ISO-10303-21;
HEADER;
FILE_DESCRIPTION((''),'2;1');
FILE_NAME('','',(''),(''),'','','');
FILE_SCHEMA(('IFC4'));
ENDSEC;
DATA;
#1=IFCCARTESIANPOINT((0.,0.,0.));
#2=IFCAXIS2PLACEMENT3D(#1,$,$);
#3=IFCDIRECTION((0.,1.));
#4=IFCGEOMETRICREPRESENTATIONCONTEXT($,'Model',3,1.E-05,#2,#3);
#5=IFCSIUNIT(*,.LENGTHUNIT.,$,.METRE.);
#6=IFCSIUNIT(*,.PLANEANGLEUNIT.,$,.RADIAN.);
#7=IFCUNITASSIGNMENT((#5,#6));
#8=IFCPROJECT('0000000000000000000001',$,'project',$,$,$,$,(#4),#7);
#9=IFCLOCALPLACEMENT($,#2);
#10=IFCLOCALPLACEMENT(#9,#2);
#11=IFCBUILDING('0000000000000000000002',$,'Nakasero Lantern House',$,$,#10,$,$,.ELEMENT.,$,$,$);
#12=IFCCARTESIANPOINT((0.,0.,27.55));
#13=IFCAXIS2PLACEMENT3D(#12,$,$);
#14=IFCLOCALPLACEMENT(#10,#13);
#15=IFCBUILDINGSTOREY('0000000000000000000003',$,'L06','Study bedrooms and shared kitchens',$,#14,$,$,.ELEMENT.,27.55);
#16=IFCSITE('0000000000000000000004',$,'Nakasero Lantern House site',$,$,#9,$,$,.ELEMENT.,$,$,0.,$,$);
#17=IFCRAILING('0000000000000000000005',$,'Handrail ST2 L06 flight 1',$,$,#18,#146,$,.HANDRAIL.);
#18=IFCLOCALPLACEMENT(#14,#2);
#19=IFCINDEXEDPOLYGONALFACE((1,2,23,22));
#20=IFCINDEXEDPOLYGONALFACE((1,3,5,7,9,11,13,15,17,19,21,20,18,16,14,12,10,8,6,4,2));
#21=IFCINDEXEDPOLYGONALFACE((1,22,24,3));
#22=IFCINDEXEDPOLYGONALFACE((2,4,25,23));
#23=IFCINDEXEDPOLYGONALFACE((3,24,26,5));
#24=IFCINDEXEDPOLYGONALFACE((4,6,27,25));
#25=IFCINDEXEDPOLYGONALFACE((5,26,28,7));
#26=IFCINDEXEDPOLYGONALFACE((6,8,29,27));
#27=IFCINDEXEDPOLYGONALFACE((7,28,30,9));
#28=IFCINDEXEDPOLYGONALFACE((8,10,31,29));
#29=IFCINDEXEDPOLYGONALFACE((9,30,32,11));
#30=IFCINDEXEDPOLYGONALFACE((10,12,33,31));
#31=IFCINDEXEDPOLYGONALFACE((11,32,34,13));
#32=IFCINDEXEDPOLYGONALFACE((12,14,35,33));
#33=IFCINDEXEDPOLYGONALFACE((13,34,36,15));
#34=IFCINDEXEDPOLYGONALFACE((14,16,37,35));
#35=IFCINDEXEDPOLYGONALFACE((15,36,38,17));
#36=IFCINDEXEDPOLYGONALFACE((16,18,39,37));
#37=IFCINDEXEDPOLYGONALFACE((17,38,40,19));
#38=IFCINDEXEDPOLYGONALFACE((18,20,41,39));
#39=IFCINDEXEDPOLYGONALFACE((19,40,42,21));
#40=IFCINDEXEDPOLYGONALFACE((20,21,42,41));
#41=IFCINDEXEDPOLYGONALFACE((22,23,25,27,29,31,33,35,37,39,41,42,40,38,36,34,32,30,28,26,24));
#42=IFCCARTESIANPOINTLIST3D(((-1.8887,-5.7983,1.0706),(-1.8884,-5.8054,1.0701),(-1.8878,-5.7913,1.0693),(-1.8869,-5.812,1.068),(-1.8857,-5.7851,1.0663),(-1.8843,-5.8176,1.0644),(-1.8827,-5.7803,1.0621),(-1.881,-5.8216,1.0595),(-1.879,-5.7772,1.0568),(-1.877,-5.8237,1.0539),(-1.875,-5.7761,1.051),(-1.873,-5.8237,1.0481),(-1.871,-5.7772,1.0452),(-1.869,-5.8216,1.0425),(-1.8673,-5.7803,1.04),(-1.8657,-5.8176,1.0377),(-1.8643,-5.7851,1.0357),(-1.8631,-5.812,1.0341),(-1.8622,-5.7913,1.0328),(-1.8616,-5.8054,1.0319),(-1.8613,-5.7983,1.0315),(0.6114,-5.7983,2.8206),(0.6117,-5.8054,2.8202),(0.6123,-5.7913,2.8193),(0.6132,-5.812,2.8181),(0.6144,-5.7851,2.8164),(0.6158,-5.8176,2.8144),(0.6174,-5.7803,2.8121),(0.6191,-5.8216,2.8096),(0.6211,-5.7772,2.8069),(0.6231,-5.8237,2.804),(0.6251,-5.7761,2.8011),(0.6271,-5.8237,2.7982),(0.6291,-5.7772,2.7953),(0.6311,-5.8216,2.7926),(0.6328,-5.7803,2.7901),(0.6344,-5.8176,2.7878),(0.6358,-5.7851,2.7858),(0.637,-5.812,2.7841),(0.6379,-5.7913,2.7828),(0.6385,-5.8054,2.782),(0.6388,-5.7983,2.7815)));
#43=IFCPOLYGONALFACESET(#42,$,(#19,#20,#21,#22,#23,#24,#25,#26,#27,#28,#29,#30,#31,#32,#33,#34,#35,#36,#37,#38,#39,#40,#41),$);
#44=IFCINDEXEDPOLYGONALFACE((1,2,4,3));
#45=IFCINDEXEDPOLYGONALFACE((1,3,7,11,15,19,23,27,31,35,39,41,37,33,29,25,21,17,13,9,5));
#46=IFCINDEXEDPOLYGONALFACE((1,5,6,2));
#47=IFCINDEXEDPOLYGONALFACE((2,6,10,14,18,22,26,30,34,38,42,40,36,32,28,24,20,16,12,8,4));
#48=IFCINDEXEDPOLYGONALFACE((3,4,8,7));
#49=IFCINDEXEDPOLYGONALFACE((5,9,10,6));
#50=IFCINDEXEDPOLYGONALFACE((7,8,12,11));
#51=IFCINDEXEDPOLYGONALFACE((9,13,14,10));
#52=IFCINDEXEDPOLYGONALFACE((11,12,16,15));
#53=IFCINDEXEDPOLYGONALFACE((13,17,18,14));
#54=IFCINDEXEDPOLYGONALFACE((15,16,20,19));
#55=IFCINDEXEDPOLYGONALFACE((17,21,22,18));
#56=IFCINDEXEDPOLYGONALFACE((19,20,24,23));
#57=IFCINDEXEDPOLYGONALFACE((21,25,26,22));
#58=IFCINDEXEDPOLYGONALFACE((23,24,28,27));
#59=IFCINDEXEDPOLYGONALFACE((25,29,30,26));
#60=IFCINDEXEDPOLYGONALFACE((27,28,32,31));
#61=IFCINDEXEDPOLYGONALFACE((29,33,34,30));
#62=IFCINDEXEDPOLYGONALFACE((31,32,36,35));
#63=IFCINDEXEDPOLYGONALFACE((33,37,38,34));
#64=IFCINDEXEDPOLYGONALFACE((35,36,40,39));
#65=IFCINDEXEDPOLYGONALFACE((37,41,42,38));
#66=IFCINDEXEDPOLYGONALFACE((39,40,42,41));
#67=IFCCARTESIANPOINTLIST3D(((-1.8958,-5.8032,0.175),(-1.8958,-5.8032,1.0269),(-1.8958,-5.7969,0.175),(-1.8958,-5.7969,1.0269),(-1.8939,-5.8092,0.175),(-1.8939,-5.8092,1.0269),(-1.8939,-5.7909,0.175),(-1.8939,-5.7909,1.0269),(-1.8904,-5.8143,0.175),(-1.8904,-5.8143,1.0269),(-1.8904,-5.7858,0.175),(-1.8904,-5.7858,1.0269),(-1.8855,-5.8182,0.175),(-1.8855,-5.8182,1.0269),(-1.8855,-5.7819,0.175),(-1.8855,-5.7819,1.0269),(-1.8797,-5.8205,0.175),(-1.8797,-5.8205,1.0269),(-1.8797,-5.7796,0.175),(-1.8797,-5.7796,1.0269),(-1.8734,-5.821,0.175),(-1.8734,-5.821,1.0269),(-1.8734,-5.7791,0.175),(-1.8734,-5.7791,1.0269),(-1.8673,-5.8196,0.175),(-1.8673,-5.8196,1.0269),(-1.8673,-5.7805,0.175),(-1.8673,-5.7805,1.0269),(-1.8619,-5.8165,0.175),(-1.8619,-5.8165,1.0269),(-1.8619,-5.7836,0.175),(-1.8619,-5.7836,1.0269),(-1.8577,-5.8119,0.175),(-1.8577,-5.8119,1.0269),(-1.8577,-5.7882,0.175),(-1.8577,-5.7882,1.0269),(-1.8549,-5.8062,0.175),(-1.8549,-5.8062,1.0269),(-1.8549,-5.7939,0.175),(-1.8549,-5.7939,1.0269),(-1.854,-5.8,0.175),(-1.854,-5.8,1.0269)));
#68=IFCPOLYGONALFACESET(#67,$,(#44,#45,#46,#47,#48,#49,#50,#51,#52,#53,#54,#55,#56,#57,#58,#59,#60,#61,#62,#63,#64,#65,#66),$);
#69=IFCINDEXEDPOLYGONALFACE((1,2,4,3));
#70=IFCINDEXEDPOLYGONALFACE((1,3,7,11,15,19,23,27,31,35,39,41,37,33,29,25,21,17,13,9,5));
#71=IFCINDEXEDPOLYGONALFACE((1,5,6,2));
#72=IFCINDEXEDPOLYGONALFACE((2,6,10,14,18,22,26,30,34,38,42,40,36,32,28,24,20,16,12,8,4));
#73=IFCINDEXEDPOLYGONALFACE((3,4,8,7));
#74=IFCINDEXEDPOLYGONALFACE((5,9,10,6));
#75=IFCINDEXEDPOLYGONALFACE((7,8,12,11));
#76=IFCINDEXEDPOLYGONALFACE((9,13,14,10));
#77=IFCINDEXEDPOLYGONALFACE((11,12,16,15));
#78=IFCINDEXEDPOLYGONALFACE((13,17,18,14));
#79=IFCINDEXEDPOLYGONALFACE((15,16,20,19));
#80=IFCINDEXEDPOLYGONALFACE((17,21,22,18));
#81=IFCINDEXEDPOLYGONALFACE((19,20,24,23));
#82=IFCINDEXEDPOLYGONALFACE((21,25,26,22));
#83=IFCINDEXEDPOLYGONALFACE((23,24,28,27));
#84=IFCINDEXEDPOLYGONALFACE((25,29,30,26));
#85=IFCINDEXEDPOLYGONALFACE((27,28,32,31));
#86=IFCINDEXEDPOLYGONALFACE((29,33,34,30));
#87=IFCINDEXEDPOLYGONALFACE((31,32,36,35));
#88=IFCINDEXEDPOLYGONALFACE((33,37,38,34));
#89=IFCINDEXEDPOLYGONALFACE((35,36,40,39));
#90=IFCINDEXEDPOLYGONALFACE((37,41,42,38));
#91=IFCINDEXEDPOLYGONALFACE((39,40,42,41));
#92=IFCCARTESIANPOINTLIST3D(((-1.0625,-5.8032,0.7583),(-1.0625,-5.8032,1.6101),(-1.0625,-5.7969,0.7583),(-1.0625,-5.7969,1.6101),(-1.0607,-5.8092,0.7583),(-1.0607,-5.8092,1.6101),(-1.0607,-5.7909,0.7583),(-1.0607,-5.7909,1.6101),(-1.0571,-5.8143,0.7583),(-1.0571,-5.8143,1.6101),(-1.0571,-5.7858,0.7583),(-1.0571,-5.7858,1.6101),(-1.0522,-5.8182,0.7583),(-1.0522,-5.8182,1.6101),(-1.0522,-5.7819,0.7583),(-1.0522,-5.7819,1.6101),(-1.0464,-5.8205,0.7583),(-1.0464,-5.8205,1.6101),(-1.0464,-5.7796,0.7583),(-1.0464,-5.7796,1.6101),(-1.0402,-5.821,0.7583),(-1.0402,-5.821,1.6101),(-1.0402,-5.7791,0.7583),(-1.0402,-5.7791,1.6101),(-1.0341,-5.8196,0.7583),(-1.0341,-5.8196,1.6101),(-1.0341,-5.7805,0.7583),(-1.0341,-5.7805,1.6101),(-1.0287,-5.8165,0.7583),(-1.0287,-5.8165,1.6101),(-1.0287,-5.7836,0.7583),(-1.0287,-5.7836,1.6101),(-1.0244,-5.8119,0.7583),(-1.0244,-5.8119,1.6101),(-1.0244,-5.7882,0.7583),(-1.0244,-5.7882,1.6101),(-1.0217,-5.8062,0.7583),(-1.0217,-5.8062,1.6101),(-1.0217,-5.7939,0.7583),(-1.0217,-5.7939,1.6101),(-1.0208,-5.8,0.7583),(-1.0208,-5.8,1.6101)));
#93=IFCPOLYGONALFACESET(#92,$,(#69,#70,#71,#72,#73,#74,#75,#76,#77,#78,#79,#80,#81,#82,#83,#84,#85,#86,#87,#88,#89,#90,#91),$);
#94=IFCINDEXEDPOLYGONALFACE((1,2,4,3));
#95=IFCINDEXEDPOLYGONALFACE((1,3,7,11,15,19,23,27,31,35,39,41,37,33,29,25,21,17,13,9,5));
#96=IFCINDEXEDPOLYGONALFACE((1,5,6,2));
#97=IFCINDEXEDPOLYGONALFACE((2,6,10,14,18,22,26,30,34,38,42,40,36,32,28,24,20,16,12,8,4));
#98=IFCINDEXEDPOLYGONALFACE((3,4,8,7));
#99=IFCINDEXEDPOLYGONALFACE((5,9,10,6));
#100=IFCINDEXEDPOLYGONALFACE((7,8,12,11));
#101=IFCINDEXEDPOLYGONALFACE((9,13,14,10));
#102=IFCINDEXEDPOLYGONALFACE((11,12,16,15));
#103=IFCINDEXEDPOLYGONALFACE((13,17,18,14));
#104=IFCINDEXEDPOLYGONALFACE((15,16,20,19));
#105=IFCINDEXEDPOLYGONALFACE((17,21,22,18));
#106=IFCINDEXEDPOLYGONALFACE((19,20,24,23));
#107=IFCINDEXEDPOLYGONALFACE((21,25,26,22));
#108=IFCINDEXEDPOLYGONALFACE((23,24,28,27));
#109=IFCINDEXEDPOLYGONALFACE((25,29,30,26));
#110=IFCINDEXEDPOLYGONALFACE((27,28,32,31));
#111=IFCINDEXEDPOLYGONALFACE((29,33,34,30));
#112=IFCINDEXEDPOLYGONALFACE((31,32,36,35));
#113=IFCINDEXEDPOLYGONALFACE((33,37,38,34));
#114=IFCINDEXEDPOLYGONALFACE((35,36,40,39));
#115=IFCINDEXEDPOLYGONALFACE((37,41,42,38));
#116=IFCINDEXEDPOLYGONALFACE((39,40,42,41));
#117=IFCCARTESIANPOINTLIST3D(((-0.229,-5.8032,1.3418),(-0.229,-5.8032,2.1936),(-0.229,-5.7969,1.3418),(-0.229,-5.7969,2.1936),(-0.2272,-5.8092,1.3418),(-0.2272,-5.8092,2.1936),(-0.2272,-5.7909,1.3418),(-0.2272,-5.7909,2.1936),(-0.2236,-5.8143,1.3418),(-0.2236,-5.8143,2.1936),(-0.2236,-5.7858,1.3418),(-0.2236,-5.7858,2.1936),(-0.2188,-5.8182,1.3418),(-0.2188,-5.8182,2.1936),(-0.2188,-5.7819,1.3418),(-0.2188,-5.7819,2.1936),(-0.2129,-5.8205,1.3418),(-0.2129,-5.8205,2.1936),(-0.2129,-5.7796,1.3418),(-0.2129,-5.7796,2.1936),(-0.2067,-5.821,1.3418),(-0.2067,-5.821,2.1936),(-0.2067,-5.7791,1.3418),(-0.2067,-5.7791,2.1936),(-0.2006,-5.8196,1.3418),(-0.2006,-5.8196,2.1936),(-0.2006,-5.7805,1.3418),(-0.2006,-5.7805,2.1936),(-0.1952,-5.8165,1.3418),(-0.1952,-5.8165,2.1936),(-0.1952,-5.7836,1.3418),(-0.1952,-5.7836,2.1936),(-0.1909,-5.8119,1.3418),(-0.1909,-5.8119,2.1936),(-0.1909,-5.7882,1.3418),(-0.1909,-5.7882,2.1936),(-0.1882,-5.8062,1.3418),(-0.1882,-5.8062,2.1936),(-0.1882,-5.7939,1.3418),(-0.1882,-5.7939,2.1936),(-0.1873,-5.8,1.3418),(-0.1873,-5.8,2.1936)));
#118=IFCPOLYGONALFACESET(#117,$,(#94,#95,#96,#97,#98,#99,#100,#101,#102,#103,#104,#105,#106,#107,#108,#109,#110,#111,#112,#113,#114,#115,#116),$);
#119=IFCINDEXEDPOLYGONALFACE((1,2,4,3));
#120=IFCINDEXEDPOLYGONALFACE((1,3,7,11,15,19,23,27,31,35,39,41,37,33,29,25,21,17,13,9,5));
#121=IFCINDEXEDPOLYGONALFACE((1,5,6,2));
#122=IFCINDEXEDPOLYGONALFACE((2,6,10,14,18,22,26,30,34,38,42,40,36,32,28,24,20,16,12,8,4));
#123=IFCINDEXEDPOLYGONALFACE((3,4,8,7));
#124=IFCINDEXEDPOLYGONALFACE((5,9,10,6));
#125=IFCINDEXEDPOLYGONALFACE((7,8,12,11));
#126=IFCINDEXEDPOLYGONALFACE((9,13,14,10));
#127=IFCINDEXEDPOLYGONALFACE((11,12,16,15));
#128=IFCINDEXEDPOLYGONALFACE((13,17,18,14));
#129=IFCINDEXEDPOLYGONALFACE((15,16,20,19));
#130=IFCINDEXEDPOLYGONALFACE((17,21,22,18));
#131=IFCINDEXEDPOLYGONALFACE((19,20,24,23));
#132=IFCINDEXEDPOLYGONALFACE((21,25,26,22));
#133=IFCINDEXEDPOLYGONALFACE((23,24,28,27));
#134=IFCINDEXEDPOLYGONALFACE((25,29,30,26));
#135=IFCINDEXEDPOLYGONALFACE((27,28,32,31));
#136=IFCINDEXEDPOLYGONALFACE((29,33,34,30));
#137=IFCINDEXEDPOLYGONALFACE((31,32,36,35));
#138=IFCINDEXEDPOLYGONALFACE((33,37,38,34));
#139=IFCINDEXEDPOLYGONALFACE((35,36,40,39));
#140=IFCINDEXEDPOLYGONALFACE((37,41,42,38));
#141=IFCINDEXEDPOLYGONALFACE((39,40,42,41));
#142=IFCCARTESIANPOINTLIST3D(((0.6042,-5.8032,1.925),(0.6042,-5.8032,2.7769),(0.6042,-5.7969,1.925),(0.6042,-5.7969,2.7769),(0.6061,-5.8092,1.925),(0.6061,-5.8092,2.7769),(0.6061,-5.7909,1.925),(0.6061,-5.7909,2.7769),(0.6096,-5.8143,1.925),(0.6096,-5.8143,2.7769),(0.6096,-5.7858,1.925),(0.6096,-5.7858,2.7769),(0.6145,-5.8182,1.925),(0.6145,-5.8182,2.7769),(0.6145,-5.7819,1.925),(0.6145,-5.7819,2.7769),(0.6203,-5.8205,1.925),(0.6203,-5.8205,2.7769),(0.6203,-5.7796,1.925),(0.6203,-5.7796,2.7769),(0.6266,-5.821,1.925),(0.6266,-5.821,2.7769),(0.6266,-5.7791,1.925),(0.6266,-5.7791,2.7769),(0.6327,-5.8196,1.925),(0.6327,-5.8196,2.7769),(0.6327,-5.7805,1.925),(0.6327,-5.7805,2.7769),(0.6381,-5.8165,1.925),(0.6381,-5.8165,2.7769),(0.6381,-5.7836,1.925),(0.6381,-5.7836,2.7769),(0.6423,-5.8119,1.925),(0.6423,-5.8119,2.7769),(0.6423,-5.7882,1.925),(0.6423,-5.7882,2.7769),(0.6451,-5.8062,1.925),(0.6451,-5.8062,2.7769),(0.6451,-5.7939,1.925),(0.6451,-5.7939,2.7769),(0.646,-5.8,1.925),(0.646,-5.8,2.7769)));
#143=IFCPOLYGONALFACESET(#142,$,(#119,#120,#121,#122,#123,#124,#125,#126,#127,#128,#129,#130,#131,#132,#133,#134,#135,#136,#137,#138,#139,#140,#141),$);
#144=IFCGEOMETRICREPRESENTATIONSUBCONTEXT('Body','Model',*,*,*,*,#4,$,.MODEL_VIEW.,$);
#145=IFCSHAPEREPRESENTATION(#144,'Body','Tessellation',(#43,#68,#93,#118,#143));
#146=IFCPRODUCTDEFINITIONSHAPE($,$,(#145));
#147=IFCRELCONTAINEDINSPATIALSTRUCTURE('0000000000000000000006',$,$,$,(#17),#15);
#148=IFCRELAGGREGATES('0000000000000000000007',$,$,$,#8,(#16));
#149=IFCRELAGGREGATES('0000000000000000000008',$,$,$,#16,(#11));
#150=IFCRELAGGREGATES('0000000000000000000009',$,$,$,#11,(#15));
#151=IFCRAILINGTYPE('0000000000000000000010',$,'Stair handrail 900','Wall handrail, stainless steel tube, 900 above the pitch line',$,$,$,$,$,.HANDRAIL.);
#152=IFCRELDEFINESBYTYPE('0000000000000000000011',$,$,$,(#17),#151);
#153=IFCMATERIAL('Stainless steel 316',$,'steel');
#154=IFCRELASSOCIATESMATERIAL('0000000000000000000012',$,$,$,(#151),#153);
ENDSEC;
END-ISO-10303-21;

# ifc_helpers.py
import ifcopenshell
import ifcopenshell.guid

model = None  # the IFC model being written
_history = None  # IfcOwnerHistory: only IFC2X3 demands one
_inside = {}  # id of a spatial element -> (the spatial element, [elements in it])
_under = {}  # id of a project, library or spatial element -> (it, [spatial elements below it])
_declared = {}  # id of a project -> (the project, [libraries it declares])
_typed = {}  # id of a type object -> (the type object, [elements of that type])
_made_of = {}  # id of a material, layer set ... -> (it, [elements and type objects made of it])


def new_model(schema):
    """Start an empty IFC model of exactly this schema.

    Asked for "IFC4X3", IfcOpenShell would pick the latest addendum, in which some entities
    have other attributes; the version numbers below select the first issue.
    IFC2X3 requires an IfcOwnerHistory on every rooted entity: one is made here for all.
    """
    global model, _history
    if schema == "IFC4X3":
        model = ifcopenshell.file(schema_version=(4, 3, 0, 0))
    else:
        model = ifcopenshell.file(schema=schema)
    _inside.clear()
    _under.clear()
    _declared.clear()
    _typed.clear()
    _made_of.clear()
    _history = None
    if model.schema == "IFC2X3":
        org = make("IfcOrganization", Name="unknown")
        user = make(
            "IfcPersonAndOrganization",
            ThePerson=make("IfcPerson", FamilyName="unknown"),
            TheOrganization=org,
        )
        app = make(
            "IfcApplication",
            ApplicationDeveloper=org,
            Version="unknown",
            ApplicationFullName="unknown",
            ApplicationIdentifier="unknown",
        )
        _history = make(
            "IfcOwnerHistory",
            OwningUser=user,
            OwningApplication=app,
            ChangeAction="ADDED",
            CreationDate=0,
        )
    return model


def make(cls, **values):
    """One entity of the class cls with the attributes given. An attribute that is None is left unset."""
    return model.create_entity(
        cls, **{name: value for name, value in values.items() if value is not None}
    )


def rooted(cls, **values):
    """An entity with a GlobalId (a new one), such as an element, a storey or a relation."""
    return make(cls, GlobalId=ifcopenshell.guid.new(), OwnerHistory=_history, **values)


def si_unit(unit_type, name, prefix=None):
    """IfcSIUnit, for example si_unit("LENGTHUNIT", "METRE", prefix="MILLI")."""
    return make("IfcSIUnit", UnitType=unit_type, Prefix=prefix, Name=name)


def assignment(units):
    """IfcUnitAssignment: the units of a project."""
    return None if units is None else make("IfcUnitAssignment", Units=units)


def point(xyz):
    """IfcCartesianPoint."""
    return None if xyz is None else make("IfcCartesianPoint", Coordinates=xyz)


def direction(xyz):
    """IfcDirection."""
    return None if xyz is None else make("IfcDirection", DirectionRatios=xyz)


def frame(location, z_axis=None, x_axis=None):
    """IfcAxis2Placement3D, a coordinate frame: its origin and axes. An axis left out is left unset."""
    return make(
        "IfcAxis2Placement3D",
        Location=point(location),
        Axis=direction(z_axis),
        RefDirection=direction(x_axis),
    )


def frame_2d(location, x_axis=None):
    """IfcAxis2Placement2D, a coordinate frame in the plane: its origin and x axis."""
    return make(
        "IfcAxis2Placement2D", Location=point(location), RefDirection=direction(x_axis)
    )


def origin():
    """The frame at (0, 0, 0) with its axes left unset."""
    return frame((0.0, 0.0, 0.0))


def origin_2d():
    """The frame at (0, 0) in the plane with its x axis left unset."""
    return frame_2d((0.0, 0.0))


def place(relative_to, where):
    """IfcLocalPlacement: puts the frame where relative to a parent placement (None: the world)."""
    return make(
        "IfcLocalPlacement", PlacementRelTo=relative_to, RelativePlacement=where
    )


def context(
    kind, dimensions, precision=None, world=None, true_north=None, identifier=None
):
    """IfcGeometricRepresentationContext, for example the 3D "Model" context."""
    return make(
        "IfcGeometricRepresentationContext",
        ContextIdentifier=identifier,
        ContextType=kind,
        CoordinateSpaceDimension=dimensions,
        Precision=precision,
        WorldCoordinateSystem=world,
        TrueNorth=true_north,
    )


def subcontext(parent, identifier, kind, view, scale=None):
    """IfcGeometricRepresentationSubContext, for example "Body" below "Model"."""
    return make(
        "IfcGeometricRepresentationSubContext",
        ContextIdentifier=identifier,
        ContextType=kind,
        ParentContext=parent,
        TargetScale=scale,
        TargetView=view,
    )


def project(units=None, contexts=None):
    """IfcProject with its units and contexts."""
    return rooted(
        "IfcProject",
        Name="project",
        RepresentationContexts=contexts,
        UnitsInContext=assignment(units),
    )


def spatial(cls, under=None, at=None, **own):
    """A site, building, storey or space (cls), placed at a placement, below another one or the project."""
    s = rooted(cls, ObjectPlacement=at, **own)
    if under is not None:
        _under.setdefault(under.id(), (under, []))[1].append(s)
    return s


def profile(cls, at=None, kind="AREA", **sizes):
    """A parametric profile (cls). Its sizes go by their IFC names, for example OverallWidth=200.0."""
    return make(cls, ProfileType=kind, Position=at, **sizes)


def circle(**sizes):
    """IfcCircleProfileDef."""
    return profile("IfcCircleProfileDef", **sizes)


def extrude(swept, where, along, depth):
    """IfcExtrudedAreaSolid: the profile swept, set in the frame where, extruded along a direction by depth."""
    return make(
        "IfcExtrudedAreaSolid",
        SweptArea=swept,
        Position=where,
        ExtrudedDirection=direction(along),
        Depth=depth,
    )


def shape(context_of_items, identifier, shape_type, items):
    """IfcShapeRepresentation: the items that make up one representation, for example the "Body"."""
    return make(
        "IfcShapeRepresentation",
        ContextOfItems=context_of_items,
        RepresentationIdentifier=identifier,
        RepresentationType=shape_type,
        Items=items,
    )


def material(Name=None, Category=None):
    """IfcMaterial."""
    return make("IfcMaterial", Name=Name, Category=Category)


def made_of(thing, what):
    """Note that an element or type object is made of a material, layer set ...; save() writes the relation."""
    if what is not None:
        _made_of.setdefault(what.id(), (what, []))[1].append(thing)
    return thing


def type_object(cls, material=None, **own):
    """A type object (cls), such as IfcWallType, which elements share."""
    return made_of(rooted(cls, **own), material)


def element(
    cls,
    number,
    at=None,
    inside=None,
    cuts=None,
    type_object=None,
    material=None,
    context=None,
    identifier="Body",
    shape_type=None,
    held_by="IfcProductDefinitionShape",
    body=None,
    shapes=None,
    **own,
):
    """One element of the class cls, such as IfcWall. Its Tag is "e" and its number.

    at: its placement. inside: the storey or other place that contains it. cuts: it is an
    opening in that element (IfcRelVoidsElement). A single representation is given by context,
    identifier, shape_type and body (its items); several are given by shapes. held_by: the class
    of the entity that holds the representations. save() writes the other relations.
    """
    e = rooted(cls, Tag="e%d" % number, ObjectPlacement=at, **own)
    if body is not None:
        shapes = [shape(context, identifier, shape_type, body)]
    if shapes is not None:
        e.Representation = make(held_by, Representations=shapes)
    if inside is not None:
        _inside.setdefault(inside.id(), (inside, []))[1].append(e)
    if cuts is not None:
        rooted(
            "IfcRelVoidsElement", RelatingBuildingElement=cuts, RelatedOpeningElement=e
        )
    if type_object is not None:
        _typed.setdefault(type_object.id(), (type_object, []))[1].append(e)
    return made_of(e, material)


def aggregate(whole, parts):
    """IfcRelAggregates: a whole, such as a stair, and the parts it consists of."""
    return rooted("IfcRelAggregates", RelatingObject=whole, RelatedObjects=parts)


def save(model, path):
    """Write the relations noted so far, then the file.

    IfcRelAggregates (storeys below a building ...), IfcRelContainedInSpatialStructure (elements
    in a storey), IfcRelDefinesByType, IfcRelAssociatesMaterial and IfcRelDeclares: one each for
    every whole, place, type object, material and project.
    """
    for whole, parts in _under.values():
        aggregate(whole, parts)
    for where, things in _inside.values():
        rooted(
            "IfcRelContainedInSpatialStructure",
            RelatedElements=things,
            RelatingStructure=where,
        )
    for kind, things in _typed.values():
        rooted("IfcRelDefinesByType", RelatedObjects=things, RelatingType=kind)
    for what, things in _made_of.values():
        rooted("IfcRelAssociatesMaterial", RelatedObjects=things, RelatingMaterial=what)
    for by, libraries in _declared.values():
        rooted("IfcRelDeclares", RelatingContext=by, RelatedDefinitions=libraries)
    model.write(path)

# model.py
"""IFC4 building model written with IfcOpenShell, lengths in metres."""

from ifc_helpers import new_model, si_unit, direction, frame, origin, origin_2d, place, context, subcontext, project, spatial, circle, extrude, material, type_object, element, save


model = new_model("IFC4")

# Units and contexts
model_context = context("Model", 3, precision=1e-05, world=origin(), true_north=direction((0.0, 1.0)))
body_context = subcontext(model_context, "Body", "Model", "MODEL_VIEW")
ifc_project = project(units=[si_unit("LENGTHUNIT", "METRE"), si_unit("PLANEANGLEUNIT", "RADIAN")], contexts=[model_context])

# Site, building, storey
site_placement = place(None, origin())
site = spatial("IfcSite", under=ifc_project, at=site_placement, Name="Nakasero Lantern House site", CompositionType="ELEMENT", RefElevation=0.0)
building_placement = place(site_placement, origin())
building = spatial("IfcBuilding", under=site, at=building_placement, Name="Nakasero Lantern House", CompositionType="ELEMENT")
storey_placement = place(building_placement, frame((0.0, 0.0, 27.55)))
storey = spatial("IfcBuildingStorey", under=building, at=storey_placement, Name="L06", Description="Study bedrooms and shared kitchens", CompositionType="ELEMENT", Elevation=27.55)

# Railing
ifc_material_1 = material(Name="Stainless steel 316", Category="steel")
railing_type = type_object("IfcRailingType", Name="Stair handrail 900", Description="Wall handrail, stainless steel tube, 900 above the pitch line", PredefinedType="HANDRAIL", material=ifc_material_1)
railing_placement = place(storey_placement, frame((-1.875, -5.8, 0.175)))
element("IfcRailing", 1, at=railing_placement, inside=storey, type_object=railing_type, Name="Handrail ST2 L06 flight 1", PredefinedType="HANDRAIL", context=body_context, shape_type="SweptSolid", body=[
    extrude(circle(Radius=0.0239, at=origin_2d()), frame((0.0, 0.0, 0.876), z_axis=(0.819232, 0.0, 0.573462), x_axis=(0.0, 1.0, 0.0)), (0.0, 0.0, 1.0), 3.0518),
    extrude(circle(Radius=0.021, at=origin_2d()), origin(), (0.0, 0.0, 1.0), 0.8518),
    extrude(circle(Radius=0.021, at=origin_2d()), frame((0.8333, 0.0, 0.5833)), (0.0, 0.0, 1.0), 0.8518),
    extrude(circle(Radius=0.021, at=origin_2d()), frame((1.6667, 0.0, 1.1667)), (0.0, 0.0, 1.0), 0.8518),
    extrude(circle(Radius=0.021, at=origin_2d()), frame((2.5, 0.0, 1.75)), (0.0, 0.0, 1.0), 0.8518),
])

save(model, "model.ifc")
